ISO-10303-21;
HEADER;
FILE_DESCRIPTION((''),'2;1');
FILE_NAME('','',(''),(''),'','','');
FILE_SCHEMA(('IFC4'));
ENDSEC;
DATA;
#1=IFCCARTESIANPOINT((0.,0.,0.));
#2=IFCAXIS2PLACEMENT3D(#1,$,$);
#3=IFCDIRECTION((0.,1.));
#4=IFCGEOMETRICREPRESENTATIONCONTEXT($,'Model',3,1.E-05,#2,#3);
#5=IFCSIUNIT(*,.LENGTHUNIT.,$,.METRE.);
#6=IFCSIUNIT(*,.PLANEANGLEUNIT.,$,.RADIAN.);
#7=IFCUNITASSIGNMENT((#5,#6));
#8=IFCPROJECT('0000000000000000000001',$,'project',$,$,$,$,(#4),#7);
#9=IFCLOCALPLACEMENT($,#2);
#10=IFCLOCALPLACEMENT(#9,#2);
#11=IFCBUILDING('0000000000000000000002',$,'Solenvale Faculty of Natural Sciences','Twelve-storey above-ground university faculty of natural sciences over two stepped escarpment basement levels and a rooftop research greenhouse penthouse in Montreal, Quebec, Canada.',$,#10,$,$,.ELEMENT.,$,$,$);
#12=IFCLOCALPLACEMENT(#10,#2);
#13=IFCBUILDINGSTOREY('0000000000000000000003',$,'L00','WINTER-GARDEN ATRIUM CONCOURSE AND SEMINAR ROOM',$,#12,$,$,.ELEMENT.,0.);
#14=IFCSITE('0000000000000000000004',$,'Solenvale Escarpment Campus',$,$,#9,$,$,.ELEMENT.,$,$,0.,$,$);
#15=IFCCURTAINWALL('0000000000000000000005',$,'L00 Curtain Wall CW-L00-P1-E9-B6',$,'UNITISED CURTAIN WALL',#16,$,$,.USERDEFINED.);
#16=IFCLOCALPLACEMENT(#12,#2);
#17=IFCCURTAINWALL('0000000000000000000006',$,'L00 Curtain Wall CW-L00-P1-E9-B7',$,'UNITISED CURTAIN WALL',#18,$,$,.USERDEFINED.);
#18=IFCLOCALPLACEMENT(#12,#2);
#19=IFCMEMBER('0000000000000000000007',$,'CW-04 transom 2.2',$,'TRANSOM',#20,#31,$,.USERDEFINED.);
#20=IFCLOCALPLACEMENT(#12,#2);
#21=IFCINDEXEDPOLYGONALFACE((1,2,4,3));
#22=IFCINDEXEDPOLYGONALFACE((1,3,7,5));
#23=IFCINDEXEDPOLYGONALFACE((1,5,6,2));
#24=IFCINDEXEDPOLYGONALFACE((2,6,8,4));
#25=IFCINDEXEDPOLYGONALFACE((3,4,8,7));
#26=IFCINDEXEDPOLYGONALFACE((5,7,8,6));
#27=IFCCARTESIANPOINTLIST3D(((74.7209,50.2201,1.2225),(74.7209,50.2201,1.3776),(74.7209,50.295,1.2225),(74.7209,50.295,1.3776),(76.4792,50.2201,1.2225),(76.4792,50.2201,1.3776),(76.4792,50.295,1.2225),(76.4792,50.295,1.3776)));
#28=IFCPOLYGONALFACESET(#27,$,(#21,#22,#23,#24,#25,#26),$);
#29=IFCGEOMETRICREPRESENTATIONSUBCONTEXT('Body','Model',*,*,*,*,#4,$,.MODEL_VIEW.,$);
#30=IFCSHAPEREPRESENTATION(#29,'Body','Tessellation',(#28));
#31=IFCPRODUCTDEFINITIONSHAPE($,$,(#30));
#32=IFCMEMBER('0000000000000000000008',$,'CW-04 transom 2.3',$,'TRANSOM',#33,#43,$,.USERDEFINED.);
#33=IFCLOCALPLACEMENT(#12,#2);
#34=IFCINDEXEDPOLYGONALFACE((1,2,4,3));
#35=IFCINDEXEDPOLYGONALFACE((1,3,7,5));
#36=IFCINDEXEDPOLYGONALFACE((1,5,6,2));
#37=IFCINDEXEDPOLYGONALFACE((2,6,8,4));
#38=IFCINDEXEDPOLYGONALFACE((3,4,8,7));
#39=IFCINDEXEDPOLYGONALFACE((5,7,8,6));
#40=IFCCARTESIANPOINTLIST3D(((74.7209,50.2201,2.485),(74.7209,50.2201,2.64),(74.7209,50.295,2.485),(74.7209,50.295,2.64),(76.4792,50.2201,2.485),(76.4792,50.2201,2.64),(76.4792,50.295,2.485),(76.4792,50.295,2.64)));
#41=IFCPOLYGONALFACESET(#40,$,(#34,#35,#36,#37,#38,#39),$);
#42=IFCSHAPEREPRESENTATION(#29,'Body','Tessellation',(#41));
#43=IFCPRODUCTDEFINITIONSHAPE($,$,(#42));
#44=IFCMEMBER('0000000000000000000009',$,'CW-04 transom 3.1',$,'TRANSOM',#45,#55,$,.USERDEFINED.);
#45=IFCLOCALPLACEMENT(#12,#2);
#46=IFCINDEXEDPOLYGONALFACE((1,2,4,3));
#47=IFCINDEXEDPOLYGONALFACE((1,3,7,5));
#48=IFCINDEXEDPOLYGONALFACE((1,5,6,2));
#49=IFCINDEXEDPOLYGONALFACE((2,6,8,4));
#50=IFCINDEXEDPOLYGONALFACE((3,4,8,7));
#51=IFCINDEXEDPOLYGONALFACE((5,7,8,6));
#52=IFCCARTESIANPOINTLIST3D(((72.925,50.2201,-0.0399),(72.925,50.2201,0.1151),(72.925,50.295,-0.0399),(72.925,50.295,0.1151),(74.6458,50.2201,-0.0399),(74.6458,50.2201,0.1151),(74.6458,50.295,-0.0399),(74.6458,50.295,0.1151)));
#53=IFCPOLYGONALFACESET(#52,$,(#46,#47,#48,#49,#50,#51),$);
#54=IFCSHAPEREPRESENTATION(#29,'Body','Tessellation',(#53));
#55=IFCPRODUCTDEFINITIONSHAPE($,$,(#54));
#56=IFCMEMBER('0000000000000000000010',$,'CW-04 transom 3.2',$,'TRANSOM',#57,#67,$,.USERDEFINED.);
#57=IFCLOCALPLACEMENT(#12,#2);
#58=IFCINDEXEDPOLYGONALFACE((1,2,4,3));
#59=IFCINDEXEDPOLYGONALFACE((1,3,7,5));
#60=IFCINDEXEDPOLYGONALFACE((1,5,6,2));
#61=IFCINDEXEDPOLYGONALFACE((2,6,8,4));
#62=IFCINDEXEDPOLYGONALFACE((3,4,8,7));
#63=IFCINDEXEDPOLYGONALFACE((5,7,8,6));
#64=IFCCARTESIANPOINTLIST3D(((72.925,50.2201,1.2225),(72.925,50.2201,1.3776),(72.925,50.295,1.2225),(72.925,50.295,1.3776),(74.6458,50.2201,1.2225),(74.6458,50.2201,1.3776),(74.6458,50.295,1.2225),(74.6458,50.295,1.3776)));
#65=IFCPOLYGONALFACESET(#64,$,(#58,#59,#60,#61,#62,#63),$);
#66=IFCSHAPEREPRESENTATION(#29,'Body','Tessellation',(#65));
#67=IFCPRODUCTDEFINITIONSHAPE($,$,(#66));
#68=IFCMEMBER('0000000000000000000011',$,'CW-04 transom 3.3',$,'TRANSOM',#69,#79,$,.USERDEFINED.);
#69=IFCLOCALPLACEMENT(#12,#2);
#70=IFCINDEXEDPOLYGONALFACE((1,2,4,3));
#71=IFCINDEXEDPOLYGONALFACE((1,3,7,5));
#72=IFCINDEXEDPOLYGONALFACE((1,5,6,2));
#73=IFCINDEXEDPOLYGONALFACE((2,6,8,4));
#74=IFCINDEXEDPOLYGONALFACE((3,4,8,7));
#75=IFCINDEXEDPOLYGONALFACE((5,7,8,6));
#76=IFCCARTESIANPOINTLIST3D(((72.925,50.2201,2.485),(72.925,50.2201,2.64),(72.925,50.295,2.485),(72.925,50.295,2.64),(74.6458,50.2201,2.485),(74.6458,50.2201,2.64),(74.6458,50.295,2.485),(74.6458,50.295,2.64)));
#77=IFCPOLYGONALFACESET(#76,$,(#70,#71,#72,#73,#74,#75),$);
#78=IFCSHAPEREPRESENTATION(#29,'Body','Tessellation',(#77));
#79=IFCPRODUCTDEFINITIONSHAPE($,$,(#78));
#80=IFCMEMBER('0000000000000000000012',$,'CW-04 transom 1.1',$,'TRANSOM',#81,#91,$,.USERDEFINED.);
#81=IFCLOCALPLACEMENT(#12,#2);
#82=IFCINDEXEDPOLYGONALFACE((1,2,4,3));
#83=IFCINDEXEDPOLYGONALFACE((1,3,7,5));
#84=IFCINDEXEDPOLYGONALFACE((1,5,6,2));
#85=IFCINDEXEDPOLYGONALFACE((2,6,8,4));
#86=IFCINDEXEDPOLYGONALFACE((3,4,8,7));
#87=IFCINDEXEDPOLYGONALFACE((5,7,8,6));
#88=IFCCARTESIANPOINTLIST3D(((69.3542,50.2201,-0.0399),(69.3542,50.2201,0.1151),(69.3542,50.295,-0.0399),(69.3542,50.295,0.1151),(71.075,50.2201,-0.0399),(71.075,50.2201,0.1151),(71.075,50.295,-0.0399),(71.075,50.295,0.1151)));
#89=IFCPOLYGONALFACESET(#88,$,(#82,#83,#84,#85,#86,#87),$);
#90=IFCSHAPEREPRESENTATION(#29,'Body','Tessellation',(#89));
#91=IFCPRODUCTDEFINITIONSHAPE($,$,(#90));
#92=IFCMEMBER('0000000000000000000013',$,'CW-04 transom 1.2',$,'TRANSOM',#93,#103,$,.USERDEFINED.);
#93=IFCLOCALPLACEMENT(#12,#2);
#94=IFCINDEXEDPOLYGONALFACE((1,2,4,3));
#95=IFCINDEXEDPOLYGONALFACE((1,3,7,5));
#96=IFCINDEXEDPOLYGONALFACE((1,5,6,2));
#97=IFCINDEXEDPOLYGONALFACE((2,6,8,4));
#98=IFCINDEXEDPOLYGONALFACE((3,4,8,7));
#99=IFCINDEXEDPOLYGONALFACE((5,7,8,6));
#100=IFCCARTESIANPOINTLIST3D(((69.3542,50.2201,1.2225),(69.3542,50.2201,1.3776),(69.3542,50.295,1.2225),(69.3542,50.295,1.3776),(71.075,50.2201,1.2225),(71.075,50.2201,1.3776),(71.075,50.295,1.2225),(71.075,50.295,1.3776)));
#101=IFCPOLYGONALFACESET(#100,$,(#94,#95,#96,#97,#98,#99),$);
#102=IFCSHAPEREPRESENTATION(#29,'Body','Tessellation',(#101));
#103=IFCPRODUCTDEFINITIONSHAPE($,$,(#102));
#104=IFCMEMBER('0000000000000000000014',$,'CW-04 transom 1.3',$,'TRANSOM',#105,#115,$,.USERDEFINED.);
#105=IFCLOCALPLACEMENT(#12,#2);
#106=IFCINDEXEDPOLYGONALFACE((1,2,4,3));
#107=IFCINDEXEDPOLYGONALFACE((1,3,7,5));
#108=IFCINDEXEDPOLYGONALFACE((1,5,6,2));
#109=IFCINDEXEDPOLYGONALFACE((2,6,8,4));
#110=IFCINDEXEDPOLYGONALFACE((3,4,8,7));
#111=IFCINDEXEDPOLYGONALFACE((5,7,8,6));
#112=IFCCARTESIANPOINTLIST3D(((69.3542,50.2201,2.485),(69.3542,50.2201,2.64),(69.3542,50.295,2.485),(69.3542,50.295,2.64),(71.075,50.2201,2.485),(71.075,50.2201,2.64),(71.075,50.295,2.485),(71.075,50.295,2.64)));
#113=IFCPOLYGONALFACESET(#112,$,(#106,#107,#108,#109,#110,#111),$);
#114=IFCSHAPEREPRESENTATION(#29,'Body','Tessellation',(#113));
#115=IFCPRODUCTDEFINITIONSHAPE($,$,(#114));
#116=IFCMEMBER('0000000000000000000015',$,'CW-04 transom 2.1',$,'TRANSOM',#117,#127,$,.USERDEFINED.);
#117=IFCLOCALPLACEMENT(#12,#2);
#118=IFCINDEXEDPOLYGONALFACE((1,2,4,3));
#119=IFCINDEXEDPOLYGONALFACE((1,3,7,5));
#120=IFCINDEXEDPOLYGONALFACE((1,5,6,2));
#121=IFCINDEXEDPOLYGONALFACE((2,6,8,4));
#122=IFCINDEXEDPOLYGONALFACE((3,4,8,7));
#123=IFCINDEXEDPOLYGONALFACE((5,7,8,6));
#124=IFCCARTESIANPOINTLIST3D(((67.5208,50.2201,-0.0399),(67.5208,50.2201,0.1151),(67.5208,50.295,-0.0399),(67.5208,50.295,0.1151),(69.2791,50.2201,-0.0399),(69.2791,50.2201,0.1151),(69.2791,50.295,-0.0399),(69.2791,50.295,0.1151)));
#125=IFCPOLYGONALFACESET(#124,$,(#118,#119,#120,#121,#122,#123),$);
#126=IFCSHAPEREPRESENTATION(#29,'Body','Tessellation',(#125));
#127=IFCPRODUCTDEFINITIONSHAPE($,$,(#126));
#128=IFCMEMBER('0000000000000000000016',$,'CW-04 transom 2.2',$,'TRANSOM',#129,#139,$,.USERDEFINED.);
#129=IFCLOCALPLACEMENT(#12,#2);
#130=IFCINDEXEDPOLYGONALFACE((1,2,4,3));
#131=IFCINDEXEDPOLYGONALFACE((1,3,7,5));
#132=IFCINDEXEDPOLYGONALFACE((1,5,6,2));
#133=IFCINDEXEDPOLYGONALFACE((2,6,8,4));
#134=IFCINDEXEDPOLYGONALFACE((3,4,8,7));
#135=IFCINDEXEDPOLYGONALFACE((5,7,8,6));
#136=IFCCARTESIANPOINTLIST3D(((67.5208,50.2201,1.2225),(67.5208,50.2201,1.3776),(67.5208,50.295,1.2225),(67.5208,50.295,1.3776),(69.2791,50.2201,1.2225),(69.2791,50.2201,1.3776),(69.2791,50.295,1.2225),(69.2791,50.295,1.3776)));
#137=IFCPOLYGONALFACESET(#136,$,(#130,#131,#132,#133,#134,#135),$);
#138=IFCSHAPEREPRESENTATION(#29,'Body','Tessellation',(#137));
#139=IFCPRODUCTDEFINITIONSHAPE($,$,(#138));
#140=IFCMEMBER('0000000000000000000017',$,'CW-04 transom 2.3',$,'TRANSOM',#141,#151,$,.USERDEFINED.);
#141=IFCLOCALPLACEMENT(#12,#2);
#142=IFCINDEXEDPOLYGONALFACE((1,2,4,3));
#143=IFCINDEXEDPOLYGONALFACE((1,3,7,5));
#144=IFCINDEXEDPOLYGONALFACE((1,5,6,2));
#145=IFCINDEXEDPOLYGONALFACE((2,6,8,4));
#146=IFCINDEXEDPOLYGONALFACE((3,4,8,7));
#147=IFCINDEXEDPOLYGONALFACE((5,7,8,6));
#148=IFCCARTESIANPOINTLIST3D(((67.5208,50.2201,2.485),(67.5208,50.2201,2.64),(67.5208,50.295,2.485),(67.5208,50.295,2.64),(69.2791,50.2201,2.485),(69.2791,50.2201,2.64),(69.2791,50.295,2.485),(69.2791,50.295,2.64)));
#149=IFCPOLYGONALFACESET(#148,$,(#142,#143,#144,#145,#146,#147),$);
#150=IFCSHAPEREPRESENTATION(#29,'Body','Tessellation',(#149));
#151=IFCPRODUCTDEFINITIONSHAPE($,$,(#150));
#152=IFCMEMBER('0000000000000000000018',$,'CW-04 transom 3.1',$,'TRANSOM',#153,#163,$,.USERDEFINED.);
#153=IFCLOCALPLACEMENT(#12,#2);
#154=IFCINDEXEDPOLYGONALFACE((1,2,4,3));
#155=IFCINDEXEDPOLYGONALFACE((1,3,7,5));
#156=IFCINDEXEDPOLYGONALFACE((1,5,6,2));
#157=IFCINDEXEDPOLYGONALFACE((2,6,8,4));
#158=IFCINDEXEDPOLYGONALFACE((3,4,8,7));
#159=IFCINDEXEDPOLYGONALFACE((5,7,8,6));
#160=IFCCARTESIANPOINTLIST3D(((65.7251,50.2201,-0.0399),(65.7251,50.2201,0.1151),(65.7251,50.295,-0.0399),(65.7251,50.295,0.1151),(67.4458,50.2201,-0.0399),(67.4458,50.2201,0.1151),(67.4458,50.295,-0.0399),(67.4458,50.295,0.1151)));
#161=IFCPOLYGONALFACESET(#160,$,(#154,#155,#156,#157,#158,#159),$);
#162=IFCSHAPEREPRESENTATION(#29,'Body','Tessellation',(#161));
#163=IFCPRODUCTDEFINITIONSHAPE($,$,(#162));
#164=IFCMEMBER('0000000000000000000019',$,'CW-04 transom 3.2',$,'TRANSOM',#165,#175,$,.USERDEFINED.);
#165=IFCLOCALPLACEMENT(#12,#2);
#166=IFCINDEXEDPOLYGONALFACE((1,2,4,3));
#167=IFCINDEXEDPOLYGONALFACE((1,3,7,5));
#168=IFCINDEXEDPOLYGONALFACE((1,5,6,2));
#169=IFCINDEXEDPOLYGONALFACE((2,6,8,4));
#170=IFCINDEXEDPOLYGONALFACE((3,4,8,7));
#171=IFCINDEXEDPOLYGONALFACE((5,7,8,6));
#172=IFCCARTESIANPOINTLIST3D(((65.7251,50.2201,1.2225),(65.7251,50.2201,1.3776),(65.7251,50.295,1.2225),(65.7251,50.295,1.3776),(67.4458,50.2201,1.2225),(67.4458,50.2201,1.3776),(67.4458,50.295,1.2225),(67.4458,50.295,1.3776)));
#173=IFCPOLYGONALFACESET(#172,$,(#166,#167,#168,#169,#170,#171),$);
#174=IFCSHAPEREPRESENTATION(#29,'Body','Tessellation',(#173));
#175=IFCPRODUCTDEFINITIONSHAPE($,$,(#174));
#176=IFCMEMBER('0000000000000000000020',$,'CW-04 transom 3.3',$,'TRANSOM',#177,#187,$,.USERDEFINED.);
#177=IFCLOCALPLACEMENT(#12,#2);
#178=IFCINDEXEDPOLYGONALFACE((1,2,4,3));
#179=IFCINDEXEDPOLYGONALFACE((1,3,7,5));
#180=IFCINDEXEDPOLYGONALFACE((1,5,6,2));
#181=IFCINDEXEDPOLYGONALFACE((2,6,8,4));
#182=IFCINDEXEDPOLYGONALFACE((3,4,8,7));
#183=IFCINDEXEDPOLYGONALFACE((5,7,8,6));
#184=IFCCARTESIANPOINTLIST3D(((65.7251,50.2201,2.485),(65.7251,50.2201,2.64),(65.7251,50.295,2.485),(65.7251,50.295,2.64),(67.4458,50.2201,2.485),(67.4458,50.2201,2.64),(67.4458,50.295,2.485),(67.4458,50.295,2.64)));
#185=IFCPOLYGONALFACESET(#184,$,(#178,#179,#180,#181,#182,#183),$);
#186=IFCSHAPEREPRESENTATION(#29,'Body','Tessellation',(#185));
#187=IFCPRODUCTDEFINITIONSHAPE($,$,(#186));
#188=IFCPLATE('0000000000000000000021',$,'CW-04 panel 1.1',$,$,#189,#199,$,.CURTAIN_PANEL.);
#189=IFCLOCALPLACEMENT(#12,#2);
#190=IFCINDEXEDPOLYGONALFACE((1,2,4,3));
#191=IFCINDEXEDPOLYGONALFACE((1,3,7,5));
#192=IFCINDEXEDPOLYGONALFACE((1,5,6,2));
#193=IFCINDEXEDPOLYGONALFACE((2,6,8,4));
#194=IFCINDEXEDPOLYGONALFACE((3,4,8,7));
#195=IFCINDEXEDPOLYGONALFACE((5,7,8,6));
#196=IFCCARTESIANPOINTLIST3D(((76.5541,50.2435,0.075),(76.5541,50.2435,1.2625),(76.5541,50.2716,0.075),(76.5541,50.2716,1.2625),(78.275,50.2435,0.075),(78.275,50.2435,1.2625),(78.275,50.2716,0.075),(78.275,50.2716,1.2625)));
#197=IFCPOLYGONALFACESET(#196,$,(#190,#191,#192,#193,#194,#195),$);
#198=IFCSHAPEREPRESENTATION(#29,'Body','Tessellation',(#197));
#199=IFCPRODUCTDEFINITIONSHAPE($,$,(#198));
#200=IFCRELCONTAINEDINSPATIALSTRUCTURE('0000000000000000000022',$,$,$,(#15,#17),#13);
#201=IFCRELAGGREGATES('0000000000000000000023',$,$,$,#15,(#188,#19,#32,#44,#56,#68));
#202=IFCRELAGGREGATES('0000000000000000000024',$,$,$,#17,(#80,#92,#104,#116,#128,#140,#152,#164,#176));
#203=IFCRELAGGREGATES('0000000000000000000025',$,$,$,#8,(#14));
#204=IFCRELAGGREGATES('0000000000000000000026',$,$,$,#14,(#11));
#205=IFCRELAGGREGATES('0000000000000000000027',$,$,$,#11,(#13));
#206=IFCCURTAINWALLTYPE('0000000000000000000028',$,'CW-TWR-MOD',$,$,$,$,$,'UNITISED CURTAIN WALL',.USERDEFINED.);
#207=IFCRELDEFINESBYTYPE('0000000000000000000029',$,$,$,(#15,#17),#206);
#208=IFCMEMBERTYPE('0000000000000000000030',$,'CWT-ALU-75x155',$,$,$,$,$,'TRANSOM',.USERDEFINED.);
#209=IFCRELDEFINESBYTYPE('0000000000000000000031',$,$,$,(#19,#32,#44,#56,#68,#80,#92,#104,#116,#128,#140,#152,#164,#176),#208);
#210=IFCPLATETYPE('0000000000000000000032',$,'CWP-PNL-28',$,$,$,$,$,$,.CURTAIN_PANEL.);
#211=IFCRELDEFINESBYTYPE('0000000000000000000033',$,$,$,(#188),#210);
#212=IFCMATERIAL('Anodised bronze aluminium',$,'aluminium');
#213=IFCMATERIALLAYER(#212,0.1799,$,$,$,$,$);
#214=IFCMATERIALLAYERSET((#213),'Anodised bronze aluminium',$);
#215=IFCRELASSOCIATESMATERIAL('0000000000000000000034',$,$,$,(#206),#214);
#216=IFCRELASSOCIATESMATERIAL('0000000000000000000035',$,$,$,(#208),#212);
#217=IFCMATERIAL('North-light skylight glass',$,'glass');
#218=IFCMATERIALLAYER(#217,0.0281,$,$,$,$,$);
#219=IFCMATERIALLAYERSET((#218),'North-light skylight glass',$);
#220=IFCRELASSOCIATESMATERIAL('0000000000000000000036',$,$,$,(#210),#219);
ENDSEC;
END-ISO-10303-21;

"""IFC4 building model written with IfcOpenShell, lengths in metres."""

from ifc_helpers import new_model, si_unit, direction, frame, origin, origin_2d, place, context, subcontext, project, spatial, rectangle, extrude, material, layer, layer_set, material_profile, profile_set, type_object, element, aggregate, save


model = new_model("IFC4")

# Units and contexts
model_context = context("Model", 3, precision=1e-05, world=origin(), true_north=direction((0.0, 1.0)))
body_context = subcontext(model_context, "Body", "Model", "MODEL_VIEW")
ifc_project = project(units=[si_unit("LENGTHUNIT", "METRE"), si_unit("PLANEANGLEUNIT", "RADIAN")], contexts=[model_context])

# Site, building, storey
site_placement = place(None, origin())
site = spatial("IfcSite", under=ifc_project, at=site_placement, Name="Solenvale Escarpment Campus", CompositionType="ELEMENT", RefElevation=0.0)
building_placement = place(site_placement, origin())
building = spatial("IfcBuilding", under=site, at=building_placement, Name="Solenvale Faculty of Natural Sciences", Description="Twelve-storey above-ground university faculty of natural sciences over two stepped escarpment basement levels and a rooftop research greenhouse penthouse in Montreal, Quebec, Canada.", CompositionType="ELEMENT")
storey_placement = place(building_placement, origin())
storey = spatial("IfcBuildingStorey", under=building, at=storey_placement, Name="L00", Description="WINTER-GARDEN ATRIUM CONCOURSE AND SEMINAR ROOM", CompositionType="ELEMENT", Elevation=0.0)

# Curtain walls
ifc_material_1 = material(Name="Anodised bronze aluminium", Category="aluminium")
ifc_layer_1 = layer(ifc_material_1, 0.1799)
ifc_layer_set_1 = layer_set([ifc_layer_1], Name="Anodised bronze aluminium")
curtain_wall_type = type_object("IfcCurtainWallType", Name="CW-TWR-MOD", ElementType="UNITISED CURTAIN WALL", PredefinedType="USERDEFINED", material=ifc_layer_set_1)
curtain_wall_1_placement = place(storey_placement, origin())
curtain_wall_1 = element("IfcCurtainWall", 1, at=curtain_wall_1_placement, inside=storey, type_object=curtain_wall_type, Name="L00 Curtain Wall CW-L00-P1-E9-B6", ObjectType="UNITISED CURTAIN WALL", PredefinedType="USERDEFINED")
curtain_wall_2_placement = place(storey_placement, origin())
curtain_wall_2 = element("IfcCurtainWall", 2, at=curtain_wall_2_placement, inside=storey, type_object=curtain_wall_type, Name="L00 Curtain Wall CW-L00-P1-E9-B7", ObjectType="UNITISED CURTAIN WALL", PredefinedType="USERDEFINED")

# Members
ifc_material_profile_1 = material_profile(ifc_material_1, rectangle(XDim=0.075, YDim=0.155, at=origin_2d()), Name="ALU-TRN-75x155")
ifc_profile_set_1 = profile_set([ifc_material_profile_1], Name="Anodised bronze aluminium")
member_type_1 = type_object("IfcMemberType", Name="CWT-ALU-75x155", ElementType="TRANSOM", PredefinedType="USERDEFINED", material=ifc_profile_set_1)
member_1_placement = place(storey_placement, frame((76.4792, 50.2576, 1.3), z_axis=(-1.0, 0.0, 0.0), x_axis=(0.0, -1.0, 0.0)))
member_1 = element("IfcMember", 3, at=member_1_placement, type_object=member_type_1, Name="CW-04 transom 2.2", ObjectType="TRANSOM", PredefinedType="USERDEFINED", context=body_context, shape_type="SweptSolid", body=[
    extrude(rectangle(XDim=0.075, YDim=0.155, at=origin_2d()), origin(), (0.0, 0.0, 1.0), 1.7583),
])
member_2_placement = place(storey_placement, frame((76.4792, 50.2576, 2.5625), z_axis=(-1.0, 0.0, 0.0), x_axis=(0.0, -1.0, 0.0)))
member_2 = element("IfcMember", 4, at=member_2_placement, type_object=member_type_1, Name="CW-04 transom 2.3", ObjectType="TRANSOM", PredefinedType="USERDEFINED", context=body_context, shape_type="SweptSolid", body=[
    extrude(rectangle(XDim=0.075, YDim=0.155, at=origin_2d()), origin(), (0.0, 0.0, 1.0), 1.7583),
])
member_3_placement = place(storey_placement, frame((74.6458, 50.2576, 0.0376), z_axis=(-1.0, 0.0, 0.0), x_axis=(0.0, -1.0, 0.0)))
member_3 = element("IfcMember", 5, at=member_3_placement, type_object=member_type_1, Name="CW-04 transom 3.1", ObjectType="TRANSOM", PredefinedType="USERDEFINED", context=body_context, shape_type="SweptSolid", body=[
    extrude(rectangle(XDim=0.075, YDim=0.155, at=origin_2d()), origin(), (0.0, 0.0, 1.0), 1.7207),
])
member_4_placement = place(storey_placement, frame((74.6458, 50.2576, 1.3), z_axis=(-1.0, 0.0, 0.0), x_axis=(0.0, -1.0, 0.0)))
member_4 = element("IfcMember", 6, at=member_4_placement, type_object=member_type_1, Name="CW-04 transom 3.2", ObjectType="TRANSOM", PredefinedType="USERDEFINED", context=body_context, shape_type="SweptSolid", body=[
    extrude(rectangle(XDim=0.075, YDim=0.155, at=origin_2d()), origin(), (0.0, 0.0, 1.0), 1.7207),
])
member_5_placement = place(storey_placement, frame((74.6458, 50.2576, 2.5625), z_axis=(-1.0, 0.0, 0.0), x_axis=(0.0, -1.0, 0.0)))
member_5 = element("IfcMember", 7, at=member_5_placement, type_object=member_type_1, Name="CW-04 transom 3.3", ObjectType="TRANSOM", PredefinedType="USERDEFINED", context=body_context, shape_type="SweptSolid", body=[
    extrude(rectangle(XDim=0.075, YDim=0.155, at=origin_2d()), origin(), (0.0, 0.0, 1.0), 1.7207),
])
member_6_placement = place(storey_placement, frame((71.075, 50.2576, 0.0376), z_axis=(-1.0, 0.0, 0.0), x_axis=(0.0, -1.0, 0.0)))
member_6 = element("IfcMember", 8, at=member_6_placement, type_object=member_type_1, Name="CW-04 transom 1.1", ObjectType="TRANSOM", PredefinedType="USERDEFINED", context=body_context, shape_type="SweptSolid", body=[
    extrude(rectangle(XDim=0.075, YDim=0.155, at=origin_2d()), origin(), (0.0, 0.0, 1.0), 1.7207),
])
member_7_placement = place(storey_placement, frame((71.075, 50.2576, 1.3), z_axis=(-1.0, 0.0, 0.0), x_axis=(0.0, -1.0, 0.0)))
member_7 = element("IfcMember", 9, at=member_7_placement, type_object=member_type_1, Name="CW-04 transom 1.2", ObjectType="TRANSOM", PredefinedType="USERDEFINED", context=body_context, shape_type="SweptSolid", body=[
    extrude(rectangle(XDim=0.075, YDim=0.155, at=origin_2d()), origin(), (0.0, 0.0, 1.0), 1.7207),
])
member_8_placement = place(storey_placement, frame((71.075, 50.2576, 2.5625), z_axis=(-1.0, 0.0, 0.0), x_axis=(0.0, -1.0, 0.0)))
member_8 = element("IfcMember", 10, at=member_8_placement, type_object=member_type_1, Name="CW-04 transom 1.3", ObjectType="TRANSOM", PredefinedType="USERDEFINED", context=body_context, shape_type="SweptSolid", body=[
    extrude(rectangle(XDim=0.075, YDim=0.155, at=origin_2d()), origin(), (0.0, 0.0, 1.0), 1.7207),
])
member_9_placement = place(storey_placement, frame((69.2791, 50.2576, 0.0376), z_axis=(-1.0, 0.0, 0.0), x_axis=(0.0, -1.0, 0.0)))
member_9 = element("IfcMember", 11, at=member_9_placement, type_object=member_type_1, Name="CW-04 transom 2.1", ObjectType="TRANSOM", PredefinedType="USERDEFINED", context=body_context, shape_type="SweptSolid", body=[
    extrude(rectangle(XDim=0.075, YDim=0.155, at=origin_2d()), origin(), (0.0, 0.0, 1.0), 1.7583),
])
member_10_placement = place(storey_placement, frame((69.2791, 50.2576, 1.3), z_axis=(-1.0, 0.0, 0.0), x_axis=(0.0, -1.0, 0.0)))
member_10 = element("IfcMember", 12, at=member_10_placement, type_object=member_type_1, Name="CW-04 transom 2.2", ObjectType="TRANSOM", PredefinedType="USERDEFINED", context=body_context, shape_type="SweptSolid", body=[
    extrude(rectangle(XDim=0.075, YDim=0.155, at=origin_2d()), origin(), (0.0, 0.0, 1.0), 1.7583),
])
member_11_placement = place(storey_placement, frame((69.2791, 50.2576, 2.5625), z_axis=(-1.0, 0.0, 0.0), x_axis=(0.0, -1.0, 0.0)))
member_11 = element("IfcMember", 13, at=member_11_placement, type_object=member_type_1, Name="CW-04 transom 2.3", ObjectType="TRANSOM", PredefinedType="USERDEFINED", context=body_context, shape_type="SweptSolid", body=[
    extrude(rectangle(XDim=0.075, YDim=0.155, at=origin_2d()), origin(), (0.0, 0.0, 1.0), 1.7583),
])
member_12_placement = place(storey_placement, frame((67.4458, 50.2576, 0.0376), z_axis=(-1.0, 0.0, 0.0), x_axis=(0.0, -1.0, 0.0)))
member_12 = element("IfcMember", 14, at=member_12_placement, type_object=member_type_1, Name="CW-04 transom 3.1", ObjectType="TRANSOM", PredefinedType="USERDEFINED", context=body_context, shape_type="SweptSolid", body=[
    extrude(rectangle(XDim=0.075, YDim=0.155, at=origin_2d()), origin(), (0.0, 0.0, 1.0), 1.7207),
])
member_13_placement = place(storey_placement, frame((67.4458, 50.2576, 1.3), z_axis=(-1.0, 0.0, 0.0), x_axis=(0.0, -1.0, 0.0)))
member_13 = element("IfcMember", 15, at=member_13_placement, type_object=member_type_1, Name="CW-04 transom 3.2", ObjectType="TRANSOM", PredefinedType="USERDEFINED", context=body_context, shape_type="SweptSolid", body=[
    extrude(rectangle(XDim=0.075, YDim=0.155, at=origin_2d()), origin(), (0.0, 0.0, 1.0), 1.7207),
])
member_14_placement = place(storey_placement, frame((67.4458, 50.2576, 2.5625), z_axis=(-1.0, 0.0, 0.0), x_axis=(0.0, -1.0, 0.0)))
member_14 = element("IfcMember", 16, at=member_14_placement, type_object=member_type_1, Name="CW-04 transom 3.3", ObjectType="TRANSOM", PredefinedType="USERDEFINED", context=body_context, shape_type="SweptSolid", body=[
    extrude(rectangle(XDim=0.075, YDim=0.155, at=origin_2d()), origin(), (0.0, 0.0, 1.0), 1.7207),
])

# Plate
ifc_material_2 = material(Name="North-light skylight glass", Category="glass")
ifc_layer_2 = layer(ifc_material_2, 0.0281)
ifc_layer_set_2 = layer_set([ifc_layer_2], Name="North-light skylight glass")
plate_type_1 = type_object("IfcPlateType", Name="CWP-PNL-28", PredefinedType="CURTAIN_PANEL", material=ifc_layer_set_2)
plate_1_placement = place(storey_placement, frame((77.4146, 50.2576, 0.075), z_axis=(0.0, 0.0, 1.0), x_axis=(-1.0, 0.0, 0.0)))
plate_1 = element("IfcPlate", 17, at=plate_1_placement, type_object=plate_type_1, Name="CW-04 panel 1.1", PredefinedType="CURTAIN_PANEL", context=body_context, shape_type="SweptSolid", body=[
    extrude(rectangle(XDim=1.7209, YDim=0.0281, at=origin_2d()), origin(), (0.0, 0.0, 1.0), 1.1875),
])
aggregate(curtain_wall_1, [plate_1, member_1, member_2, member_3, member_4, member_5])
aggregate(curtain_wall_2, [member_6, member_7, member_8, member_9, member_10, member_11, member_12, member_13, member_14])

save(model, "model.ifc")
